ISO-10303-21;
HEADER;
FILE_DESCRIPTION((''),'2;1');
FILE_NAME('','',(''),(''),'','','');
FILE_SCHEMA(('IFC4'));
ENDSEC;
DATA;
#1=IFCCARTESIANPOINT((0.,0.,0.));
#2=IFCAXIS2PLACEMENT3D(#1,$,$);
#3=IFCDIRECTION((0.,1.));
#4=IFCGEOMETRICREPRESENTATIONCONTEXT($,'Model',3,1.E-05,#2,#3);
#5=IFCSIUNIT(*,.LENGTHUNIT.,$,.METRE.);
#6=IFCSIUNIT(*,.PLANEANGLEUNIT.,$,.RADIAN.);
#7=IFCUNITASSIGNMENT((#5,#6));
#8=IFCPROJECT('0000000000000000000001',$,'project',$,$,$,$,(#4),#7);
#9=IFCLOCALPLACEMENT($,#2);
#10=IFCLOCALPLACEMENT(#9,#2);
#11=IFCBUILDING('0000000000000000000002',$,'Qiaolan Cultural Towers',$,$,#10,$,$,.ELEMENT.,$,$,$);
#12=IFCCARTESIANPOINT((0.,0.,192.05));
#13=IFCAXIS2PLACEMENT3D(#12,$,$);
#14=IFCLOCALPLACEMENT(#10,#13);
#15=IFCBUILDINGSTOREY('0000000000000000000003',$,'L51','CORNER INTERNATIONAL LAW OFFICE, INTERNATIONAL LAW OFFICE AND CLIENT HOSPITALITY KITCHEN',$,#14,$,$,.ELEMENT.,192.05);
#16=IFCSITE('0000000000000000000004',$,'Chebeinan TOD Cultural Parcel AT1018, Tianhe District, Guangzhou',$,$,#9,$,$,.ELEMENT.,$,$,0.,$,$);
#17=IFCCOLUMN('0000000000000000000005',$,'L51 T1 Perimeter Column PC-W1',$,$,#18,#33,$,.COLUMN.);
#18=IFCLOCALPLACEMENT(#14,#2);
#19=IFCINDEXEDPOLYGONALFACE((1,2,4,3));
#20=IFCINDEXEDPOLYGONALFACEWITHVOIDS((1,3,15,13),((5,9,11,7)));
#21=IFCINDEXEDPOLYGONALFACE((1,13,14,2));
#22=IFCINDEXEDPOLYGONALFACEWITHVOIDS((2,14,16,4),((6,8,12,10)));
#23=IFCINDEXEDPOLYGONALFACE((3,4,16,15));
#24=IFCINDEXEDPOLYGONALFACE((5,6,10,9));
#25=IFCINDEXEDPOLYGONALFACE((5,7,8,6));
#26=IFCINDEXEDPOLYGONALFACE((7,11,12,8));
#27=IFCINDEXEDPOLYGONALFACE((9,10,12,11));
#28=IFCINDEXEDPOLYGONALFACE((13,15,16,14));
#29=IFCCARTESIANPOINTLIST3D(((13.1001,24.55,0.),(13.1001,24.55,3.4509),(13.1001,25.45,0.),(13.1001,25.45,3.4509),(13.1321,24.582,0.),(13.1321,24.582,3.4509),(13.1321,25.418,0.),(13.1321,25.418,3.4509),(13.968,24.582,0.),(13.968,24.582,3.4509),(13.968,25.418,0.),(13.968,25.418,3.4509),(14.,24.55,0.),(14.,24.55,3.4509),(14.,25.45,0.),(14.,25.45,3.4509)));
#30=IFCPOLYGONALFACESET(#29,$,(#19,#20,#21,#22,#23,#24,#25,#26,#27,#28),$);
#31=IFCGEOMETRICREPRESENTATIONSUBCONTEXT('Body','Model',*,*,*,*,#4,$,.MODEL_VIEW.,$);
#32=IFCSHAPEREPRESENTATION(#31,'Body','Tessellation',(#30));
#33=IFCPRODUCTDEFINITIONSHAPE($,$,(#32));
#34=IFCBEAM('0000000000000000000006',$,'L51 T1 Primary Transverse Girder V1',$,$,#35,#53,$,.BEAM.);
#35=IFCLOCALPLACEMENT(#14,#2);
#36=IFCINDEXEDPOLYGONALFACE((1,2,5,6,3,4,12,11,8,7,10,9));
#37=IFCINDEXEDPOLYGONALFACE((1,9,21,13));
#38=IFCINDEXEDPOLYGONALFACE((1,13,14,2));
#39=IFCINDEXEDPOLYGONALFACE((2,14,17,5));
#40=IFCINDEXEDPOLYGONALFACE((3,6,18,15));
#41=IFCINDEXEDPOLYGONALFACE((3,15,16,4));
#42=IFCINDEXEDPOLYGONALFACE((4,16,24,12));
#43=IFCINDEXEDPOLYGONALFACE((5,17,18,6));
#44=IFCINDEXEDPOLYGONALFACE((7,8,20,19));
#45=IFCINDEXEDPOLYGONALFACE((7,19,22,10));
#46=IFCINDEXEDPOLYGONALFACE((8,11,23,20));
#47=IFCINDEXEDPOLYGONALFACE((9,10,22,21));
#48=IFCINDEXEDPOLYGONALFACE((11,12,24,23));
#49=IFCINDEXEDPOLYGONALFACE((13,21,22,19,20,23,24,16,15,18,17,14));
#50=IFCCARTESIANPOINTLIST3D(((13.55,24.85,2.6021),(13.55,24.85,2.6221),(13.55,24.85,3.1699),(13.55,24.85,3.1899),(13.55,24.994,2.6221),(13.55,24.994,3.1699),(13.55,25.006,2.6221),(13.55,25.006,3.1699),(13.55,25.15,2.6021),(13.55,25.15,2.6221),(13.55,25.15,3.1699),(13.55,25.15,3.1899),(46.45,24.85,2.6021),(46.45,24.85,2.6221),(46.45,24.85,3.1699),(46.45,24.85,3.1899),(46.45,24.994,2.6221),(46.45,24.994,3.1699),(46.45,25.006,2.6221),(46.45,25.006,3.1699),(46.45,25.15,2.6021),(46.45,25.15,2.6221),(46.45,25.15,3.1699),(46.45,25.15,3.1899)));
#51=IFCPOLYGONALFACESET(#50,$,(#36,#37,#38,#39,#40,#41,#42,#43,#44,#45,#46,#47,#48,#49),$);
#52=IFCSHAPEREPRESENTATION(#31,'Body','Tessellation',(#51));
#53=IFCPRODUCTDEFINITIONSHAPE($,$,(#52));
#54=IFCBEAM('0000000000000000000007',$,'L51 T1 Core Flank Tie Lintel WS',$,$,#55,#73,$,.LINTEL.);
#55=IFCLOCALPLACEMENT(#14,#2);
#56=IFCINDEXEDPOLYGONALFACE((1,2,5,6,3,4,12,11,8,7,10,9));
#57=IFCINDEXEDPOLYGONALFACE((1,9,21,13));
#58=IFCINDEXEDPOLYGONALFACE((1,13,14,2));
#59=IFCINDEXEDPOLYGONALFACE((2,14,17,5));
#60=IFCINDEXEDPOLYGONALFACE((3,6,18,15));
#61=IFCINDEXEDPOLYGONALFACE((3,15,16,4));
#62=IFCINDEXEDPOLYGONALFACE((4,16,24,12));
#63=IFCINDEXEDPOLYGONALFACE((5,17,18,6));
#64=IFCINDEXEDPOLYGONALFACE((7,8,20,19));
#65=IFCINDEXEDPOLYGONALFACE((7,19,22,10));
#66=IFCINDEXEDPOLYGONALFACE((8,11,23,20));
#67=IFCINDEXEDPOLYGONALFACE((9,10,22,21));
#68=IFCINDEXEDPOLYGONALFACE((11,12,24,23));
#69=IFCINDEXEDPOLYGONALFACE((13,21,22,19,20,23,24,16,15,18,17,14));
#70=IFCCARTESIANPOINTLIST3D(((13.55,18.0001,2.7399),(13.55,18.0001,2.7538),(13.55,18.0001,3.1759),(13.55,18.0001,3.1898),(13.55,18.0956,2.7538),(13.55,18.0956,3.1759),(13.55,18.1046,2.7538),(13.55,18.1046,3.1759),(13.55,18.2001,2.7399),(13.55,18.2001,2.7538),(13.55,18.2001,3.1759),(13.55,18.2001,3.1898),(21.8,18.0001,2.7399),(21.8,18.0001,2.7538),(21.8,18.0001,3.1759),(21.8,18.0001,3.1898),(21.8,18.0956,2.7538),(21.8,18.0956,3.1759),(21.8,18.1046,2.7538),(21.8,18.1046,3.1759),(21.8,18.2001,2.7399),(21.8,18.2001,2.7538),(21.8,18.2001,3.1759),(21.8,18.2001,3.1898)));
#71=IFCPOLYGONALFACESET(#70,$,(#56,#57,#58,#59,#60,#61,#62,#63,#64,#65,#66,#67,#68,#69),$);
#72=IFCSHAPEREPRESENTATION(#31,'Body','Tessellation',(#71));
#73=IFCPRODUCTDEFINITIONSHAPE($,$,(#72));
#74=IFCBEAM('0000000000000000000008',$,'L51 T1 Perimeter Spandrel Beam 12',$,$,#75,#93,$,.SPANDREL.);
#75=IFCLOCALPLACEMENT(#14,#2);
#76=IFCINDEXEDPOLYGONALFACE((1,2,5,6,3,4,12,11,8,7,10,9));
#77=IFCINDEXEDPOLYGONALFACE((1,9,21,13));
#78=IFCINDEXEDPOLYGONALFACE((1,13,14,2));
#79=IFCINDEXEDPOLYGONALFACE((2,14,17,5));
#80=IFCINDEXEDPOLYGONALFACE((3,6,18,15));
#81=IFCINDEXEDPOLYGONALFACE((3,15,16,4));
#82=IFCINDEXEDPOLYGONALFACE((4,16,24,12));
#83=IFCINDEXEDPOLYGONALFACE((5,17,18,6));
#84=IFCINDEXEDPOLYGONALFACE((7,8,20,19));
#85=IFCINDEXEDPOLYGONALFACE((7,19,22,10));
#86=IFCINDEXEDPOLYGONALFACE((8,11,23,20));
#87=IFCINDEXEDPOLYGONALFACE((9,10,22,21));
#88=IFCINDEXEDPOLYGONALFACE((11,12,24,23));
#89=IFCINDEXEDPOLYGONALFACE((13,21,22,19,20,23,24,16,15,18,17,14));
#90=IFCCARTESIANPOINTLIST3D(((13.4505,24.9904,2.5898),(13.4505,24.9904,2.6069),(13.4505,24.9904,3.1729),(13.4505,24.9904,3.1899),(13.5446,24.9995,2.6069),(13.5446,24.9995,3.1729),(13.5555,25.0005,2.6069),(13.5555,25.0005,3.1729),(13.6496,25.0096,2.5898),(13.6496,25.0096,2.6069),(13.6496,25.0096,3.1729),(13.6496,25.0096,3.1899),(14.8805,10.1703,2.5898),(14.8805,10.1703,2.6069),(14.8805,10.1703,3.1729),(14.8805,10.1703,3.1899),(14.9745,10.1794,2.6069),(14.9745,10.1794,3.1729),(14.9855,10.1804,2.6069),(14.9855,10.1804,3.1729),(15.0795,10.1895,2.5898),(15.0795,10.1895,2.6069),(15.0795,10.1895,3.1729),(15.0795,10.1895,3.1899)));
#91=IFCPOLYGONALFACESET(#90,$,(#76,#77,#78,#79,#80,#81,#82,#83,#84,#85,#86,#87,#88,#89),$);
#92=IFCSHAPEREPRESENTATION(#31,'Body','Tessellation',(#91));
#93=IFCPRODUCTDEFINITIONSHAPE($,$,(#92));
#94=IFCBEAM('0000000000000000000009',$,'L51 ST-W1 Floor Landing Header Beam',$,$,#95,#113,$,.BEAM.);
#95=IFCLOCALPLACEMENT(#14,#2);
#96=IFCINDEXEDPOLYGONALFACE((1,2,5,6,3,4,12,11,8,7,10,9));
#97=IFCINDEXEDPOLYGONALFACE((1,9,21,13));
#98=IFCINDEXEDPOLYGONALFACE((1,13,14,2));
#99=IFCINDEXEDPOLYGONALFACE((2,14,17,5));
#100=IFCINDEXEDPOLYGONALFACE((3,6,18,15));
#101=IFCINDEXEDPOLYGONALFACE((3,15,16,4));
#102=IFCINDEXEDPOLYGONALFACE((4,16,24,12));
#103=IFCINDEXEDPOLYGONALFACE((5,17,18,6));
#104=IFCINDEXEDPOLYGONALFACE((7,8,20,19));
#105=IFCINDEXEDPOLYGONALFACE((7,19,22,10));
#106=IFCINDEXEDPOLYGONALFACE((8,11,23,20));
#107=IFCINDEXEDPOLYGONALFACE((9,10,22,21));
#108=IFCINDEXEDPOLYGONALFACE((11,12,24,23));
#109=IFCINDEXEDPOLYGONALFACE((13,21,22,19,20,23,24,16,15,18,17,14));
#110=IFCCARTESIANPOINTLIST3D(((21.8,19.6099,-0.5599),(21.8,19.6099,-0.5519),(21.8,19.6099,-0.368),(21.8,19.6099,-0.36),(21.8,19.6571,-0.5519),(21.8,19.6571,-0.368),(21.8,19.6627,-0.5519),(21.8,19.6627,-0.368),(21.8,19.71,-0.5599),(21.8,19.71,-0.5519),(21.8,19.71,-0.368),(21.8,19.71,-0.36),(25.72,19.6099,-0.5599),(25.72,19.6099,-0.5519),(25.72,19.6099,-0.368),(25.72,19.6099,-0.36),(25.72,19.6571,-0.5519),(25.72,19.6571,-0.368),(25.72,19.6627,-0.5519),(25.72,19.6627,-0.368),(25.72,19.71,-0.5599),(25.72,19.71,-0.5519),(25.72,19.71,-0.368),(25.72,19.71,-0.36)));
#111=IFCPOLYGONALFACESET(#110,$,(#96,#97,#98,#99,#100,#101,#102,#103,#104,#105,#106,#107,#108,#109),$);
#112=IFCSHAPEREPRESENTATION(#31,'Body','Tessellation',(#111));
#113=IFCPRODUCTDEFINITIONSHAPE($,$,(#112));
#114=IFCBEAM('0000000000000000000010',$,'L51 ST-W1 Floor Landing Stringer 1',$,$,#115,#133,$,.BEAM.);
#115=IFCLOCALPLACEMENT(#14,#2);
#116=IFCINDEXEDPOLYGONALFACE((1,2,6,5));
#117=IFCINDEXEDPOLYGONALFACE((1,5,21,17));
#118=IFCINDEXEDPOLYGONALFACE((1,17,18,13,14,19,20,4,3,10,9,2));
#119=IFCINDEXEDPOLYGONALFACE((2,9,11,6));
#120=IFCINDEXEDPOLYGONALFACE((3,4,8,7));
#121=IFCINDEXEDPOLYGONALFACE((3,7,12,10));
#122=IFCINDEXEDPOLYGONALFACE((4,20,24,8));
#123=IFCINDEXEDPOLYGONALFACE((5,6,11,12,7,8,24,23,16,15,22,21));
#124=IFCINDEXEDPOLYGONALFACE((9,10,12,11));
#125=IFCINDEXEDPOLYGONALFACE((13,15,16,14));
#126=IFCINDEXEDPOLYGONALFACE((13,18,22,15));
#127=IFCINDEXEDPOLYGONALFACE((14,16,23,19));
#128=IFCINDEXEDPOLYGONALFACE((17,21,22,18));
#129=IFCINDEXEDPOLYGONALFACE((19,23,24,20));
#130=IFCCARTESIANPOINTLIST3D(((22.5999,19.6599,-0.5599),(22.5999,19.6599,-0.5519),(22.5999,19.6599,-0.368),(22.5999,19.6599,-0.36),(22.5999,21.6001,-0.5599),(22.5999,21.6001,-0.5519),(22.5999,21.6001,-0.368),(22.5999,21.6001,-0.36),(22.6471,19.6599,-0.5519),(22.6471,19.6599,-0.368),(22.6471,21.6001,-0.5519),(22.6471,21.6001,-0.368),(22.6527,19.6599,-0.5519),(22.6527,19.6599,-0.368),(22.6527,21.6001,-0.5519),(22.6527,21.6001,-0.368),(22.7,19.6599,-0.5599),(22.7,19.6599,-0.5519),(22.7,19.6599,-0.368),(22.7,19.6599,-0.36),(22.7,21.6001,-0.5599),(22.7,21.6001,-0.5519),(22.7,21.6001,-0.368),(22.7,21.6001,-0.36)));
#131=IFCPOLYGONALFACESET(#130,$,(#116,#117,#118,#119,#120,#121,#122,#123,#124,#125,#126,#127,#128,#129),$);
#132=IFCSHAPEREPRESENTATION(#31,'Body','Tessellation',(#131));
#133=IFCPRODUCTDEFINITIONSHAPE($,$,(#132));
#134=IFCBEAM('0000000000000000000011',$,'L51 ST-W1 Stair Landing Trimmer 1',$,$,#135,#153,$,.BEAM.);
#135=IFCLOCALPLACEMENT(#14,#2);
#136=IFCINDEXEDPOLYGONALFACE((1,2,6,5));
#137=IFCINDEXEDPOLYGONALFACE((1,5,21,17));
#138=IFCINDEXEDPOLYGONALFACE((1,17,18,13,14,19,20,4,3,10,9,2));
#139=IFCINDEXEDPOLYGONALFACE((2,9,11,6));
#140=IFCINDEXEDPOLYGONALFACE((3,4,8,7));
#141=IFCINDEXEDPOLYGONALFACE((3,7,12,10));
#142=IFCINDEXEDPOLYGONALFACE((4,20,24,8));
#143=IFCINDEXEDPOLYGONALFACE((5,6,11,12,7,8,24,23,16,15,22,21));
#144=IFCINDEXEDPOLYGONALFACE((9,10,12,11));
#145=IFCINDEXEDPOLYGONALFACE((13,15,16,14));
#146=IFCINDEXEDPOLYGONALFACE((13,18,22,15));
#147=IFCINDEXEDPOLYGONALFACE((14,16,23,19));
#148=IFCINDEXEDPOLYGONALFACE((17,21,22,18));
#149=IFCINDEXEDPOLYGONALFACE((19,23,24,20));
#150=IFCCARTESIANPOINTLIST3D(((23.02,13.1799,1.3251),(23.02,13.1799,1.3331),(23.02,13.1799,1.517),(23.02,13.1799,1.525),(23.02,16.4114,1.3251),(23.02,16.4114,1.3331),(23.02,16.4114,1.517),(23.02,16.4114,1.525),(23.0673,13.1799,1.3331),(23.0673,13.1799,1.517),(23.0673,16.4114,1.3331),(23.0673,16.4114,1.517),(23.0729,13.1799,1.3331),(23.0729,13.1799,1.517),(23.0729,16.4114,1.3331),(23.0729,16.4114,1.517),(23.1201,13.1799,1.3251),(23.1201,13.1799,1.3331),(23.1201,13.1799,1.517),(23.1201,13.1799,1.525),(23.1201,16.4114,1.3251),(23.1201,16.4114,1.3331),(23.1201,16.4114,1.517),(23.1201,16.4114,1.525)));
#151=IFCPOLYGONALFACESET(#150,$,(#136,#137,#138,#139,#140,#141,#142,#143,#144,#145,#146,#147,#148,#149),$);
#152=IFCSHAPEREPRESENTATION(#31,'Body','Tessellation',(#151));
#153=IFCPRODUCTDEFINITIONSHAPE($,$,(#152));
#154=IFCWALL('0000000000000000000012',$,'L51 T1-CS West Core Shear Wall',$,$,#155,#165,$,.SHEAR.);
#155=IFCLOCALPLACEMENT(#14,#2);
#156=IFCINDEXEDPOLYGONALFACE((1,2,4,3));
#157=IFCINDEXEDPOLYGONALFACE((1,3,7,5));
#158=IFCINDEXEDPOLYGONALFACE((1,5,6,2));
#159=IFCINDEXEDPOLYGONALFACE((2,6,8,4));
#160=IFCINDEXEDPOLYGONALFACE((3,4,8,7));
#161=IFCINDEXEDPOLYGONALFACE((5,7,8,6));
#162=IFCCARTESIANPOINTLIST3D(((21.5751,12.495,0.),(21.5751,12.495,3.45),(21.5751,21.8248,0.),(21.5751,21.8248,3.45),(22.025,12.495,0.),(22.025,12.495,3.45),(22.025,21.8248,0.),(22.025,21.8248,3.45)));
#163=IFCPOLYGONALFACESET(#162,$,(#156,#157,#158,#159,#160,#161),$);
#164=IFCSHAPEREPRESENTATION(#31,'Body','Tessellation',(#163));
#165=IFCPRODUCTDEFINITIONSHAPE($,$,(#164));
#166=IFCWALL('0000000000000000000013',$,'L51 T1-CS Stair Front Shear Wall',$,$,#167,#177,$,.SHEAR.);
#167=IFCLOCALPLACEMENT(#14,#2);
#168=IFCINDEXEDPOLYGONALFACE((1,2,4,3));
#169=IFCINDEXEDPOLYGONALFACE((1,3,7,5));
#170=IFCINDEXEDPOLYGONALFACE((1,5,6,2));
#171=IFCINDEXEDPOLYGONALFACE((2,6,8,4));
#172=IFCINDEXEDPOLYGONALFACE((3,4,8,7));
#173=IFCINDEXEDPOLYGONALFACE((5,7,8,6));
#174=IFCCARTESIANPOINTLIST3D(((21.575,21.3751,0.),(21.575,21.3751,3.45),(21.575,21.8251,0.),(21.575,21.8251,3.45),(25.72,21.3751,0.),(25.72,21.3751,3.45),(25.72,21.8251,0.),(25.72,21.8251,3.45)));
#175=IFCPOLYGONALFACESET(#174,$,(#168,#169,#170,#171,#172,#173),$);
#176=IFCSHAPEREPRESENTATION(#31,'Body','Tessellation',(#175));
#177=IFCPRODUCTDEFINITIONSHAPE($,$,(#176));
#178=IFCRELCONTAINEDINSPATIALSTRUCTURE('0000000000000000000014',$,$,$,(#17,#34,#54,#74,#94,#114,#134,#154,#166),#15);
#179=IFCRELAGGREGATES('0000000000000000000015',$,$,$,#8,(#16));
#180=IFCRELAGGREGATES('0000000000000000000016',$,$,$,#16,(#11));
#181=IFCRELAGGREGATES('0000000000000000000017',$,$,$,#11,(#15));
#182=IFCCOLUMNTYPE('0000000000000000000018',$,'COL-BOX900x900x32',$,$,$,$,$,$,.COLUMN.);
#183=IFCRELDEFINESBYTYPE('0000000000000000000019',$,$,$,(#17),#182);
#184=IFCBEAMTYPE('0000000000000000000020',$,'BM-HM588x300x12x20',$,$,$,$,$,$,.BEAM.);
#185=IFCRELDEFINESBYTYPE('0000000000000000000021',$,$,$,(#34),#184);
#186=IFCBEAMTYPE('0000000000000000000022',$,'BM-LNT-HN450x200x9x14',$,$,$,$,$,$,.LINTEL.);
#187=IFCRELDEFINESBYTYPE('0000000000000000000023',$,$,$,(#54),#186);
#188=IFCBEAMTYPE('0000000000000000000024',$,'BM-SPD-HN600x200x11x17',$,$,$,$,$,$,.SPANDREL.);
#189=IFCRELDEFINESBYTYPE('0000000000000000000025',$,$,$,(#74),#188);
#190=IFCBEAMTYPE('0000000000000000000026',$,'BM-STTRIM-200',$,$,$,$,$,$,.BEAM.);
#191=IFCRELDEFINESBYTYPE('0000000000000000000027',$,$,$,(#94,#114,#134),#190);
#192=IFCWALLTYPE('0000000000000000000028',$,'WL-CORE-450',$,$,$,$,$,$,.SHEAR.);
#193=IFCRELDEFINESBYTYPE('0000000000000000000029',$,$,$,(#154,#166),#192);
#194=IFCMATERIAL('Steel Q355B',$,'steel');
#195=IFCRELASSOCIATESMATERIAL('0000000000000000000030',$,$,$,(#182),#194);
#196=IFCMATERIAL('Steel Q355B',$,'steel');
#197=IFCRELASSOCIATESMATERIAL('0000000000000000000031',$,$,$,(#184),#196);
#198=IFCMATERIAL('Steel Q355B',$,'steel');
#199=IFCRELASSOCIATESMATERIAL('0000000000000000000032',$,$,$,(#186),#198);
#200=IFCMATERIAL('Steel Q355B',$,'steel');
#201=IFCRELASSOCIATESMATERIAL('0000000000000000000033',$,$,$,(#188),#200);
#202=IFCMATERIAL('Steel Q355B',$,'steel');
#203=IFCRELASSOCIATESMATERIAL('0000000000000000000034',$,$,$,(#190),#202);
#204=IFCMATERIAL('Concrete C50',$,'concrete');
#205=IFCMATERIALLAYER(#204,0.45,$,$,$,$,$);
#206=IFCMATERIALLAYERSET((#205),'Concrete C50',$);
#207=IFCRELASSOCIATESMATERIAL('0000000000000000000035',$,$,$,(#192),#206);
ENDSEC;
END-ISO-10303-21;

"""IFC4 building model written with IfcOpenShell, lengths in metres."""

from ifc_helpers import new_model, si_unit, direction, frame, frame_2d, origin, origin_2d, place, context, subcontext, project, spatial, rectangle, hollow_rectangle, i_section, extrude, material, layer, layer_set, material_profile, profile_set, type_object, element, save


model = new_model("IFC4")

# Units and contexts
model_context = context("Model", 3, precision=1e-05, world=origin(), true_north=direction((0.0, 1.0)))
body_context = subcontext(model_context, "Body", "Model", "MODEL_VIEW")
ifc_project = project(units=[si_unit("LENGTHUNIT", "METRE"), si_unit("PLANEANGLEUNIT", "RADIAN")], contexts=[model_context])

# Site, building, storey
site_placement = place(None, origin())
site = spatial("IfcSite", under=ifc_project, at=site_placement, Name="Chebeinan TOD Cultural Parcel AT1018, Tianhe District, Guangzhou", CompositionType="ELEMENT", RefElevation=0.0)
building_placement = place(site_placement, origin())
building = spatial("IfcBuilding", under=site, at=building_placement, Name="Qiaolan Cultural Towers", CompositionType="ELEMENT")
storey_placement = place(building_placement, frame((0.0, 0.0, 192.05)))
storey = spatial("IfcBuildingStorey", under=building, at=storey_placement, Name="L51", Description="CORNER INTERNATIONAL LAW OFFICE, INTERNATIONAL LAW OFFICE AND CLIENT HOSPITALITY KITCHEN", CompositionType="ELEMENT", Elevation=192.05)

# Column
ifc_material_1 = material(Name="Steel Q355B", Category="steel")
ifc_material_profile_1 = material_profile(ifc_material_1, hollow_rectangle(XDim=0.8999, YDim=0.8999, WallThickness=0.032, at=origin_2d()), Name="BOX900x900x32")
ifc_profile_set_1 = profile_set([ifc_material_profile_1], Name="Steel Q355B")
column_type = type_object("IfcColumnType", Name="COL-BOX900x900x32", PredefinedType="COLUMN", material=ifc_profile_set_1)
column_placement = place(storey_placement, frame((13.55, 25.0, 0.0), z_axis=(0.0, 0.0, 1.0), x_axis=(1.0, 0.0, 0.0)))
element("IfcColumn", 1, at=column_placement, inside=storey, type_object=column_type, Name="L51 T1 Perimeter Column PC-W1", PredefinedType="COLUMN", context=body_context, shape_type="SweptSolid", body=[
    extrude(hollow_rectangle(XDim=0.8999, YDim=0.8999, WallThickness=0.032, at=origin_2d()), origin(), (0.0, 0.0, 1.0), 3.4509),
])

# Beams
ifc_material_2 = material(Name="Steel Q355B", Category="steel")
ifc_material_profile_2 = material_profile(ifc_material_2, i_section(OverallWidth=0.3, OverallDepth=0.5879, WebThickness=0.012, FlangeThickness=0.02, at=origin_2d()), Name="HM588x300x12x20")
ifc_profile_set_2 = profile_set([ifc_material_profile_2], Name="Steel Q355B")
beam_type_1 = type_object("IfcBeamType", Name="BM-HM588x300x12x20", PredefinedType="BEAM", material=ifc_profile_set_2)
beam_1_placement = place(storey_placement, frame((13.55, 25.0, 2.896), z_axis=(1.0, 0.0, 0.0), x_axis=(0.0, 1.0, 0.0)))
element("IfcBeam", 2, at=beam_1_placement, inside=storey, type_object=beam_type_1, Name="L51 T1 Primary Transverse Girder V1", PredefinedType="BEAM", context=body_context, shape_type="SweptSolid", body=[
    extrude(i_section(OverallWidth=0.3, OverallDepth=0.5879, WebThickness=0.012, FlangeThickness=0.02, at=origin_2d()), origin(), (0.0, 0.0, 1.0), 32.8999),
])
ifc_material_3 = material(Name="Steel Q355B", Category="steel")
ifc_material_profile_3 = material_profile(ifc_material_3, i_section(OverallWidth=0.2, OverallDepth=0.45, WebThickness=0.009, FlangeThickness=0.0139, at=origin_2d()), Name="HN450x200x9x14")
ifc_profile_set_3 = profile_set([ifc_material_profile_3], Name="Steel Q355B")
beam_type_2 = type_object("IfcBeamType", Name="BM-LNT-HN450x200x9x14", PredefinedType="LINTEL", material=ifc_profile_set_3)
beam_2_placement = place(storey_placement, frame((21.8, 18.1001, 2.9648), z_axis=(-1.0, 0.0, 0.0), x_axis=(0.0, -1.0, 0.0)))
element("IfcBeam", 3, at=beam_2_placement, inside=storey, type_object=beam_type_2, Name="L51 T1 Core Flank Tie Lintel WS", PredefinedType="LINTEL", context=body_context, shape_type="SweptSolid", body=[
    extrude(i_section(OverallWidth=0.2, OverallDepth=0.45, WebThickness=0.009, FlangeThickness=0.0139, at=origin_2d()), origin(), (0.0, 0.0, 1.0), 8.25),
])
ifc_material_4 = material(Name="Steel Q355B", Category="steel")
ifc_material_profile_4 = material_profile(ifc_material_4, i_section(OverallWidth=0.2, OverallDepth=0.6001, WebThickness=0.011, FlangeThickness=0.0171, at=origin_2d()), Name="HN600x200x11x17")
ifc_profile_set_4 = profile_set([ifc_material_profile_4], Name="Steel Q355B")
beam_type_3 = type_object("IfcBeamType", Name="BM-SPD-HN600x200x11x17", PredefinedType="SPANDREL", material=ifc_profile_set_4)
beam_3_placement = place(storey_placement, frame((13.55, 25.0, 2.8899), z_axis=(0.09604, -0.995377, 0.0), x_axis=(0.995377, 0.09604, 0.0)))
element("IfcBeam", 4, at=beam_3_placement, inside=storey, type_object=beam_type_3, Name="L51 T1 Perimeter Spandrel Beam 12", PredefinedType="SPANDREL", context=body_context, shape_type="SweptSolid", body=[
    extrude(i_section(OverallWidth=0.2, OverallDepth=0.6001, WebThickness=0.011, FlangeThickness=0.0171, at=origin_2d()), origin(), (0.0, 0.0, 1.0), 14.8889),
])
ifc_material_5 = material(Name="Steel Q355B", Category="steel")
ifc_material_profile_5 = material_profile(ifc_material_5, i_section(OverallWidth=0.1001, OverallDepth=0.2, WebThickness=0.0056, FlangeThickness=0.0081, at=origin_2d()), Name="HN200x100x5.5x8")
ifc_profile_set_5 = profile_set([ifc_material_profile_5], Name="Steel Q355B")
beam_type_4 = type_object("IfcBeamType", Name="BM-STTRIM-200", PredefinedType="BEAM", material=ifc_profile_set_5)
beam_4_placement = place(storey_placement, frame((21.8, 19.6599, -0.46), z_axis=(1.0, 0.0, 0.0), x_axis=(0.0, 1.0, 0.0)))
element("IfcBeam", 5, at=beam_4_placement, inside=storey, type_object=beam_type_4, Name="L51 ST-W1 Floor Landing Header Beam", PredefinedType="BEAM", context=body_context, shape_type="SweptSolid", body=[
    extrude(i_section(OverallWidth=0.1001, OverallDepth=0.2, WebThickness=0.0056, FlangeThickness=0.0081, at=origin_2d()), origin(), (0.0, 0.0, 1.0), 3.9199),
])
beam_5_placement = place(storey_placement, frame((22.6499, 21.6001, -0.46), z_axis=(0.0, -1.0, 0.0), x_axis=(1.0, 0.0, 0.0)))
element("IfcBeam", 6, at=beam_5_placement, inside=storey, type_object=beam_type_4, Name="L51 ST-W1 Floor Landing Stringer 1", PredefinedType="BEAM", context=body_context, shape_type="SweptSolid", body=[
    extrude(i_section(OverallWidth=0.1001, OverallDepth=0.2, WebThickness=0.0056, FlangeThickness=0.0081, at=origin_2d()), origin(), (0.0, 0.0, 1.0), 1.9402),
])
beam_6_placement = place(storey_placement, frame((23.0701, 16.4114, 1.425), z_axis=(0.0, -1.0, 0.0), x_axis=(1.0, 0.0, 0.0)))
element("IfcBeam", 7, at=beam_6_placement, inside=storey, type_object=beam_type_4, Name="L51 ST-W1 Stair Landing Trimmer 1", PredefinedType="BEAM", context=body_context, shape_type="SweptSolid", body=[
    extrude(i_section(OverallWidth=0.1001, OverallDepth=0.2, WebThickness=0.0056, FlangeThickness=0.0081, at=origin_2d()), origin(), (0.0, 0.0, 1.0), 3.2314),
])

# Walls
ifc_material_6 = material(Name="Concrete C50", Category="concrete")
ifc_layer_1 = layer(ifc_material_6, 0.45)
ifc_layer_set_1 = layer_set([ifc_layer_1], Name="Concrete C50")
wall_type_1 = type_object("IfcWallType", Name="WL-CORE-450", PredefinedType="SHEAR", material=ifc_layer_set_1)
wall_1_placement = place(storey_placement, frame((21.8, 21.825, 0.0), z_axis=(0.0, 0.0, 1.0), x_axis=(0.0, -1.0, 0.0)))
element("IfcWall", 8, at=wall_1_placement, inside=storey, type_object=wall_type_1, Name="L51 T1-CS West Core Shear Wall", PredefinedType="SHEAR", context=body_context, shape_type="SweptSolid", body=[
    extrude(rectangle(XDim=9.3298, YDim=0.45, at=frame_2d((4.665, 0.0))), origin(), (0.0, 0.0, 1.0), 3.45),
])
wall_2_placement = place(storey_placement, frame((21.575, 21.6001, 0.0), z_axis=(0.0, 0.0, 1.0), x_axis=(1.0, 0.0, 0.0)))
element("IfcWall", 9, at=wall_2_placement, inside=storey, type_object=wall_type_1, Name="L51 T1-CS Stair Front Shear Wall", PredefinedType="SHEAR", context=body_context, shape_type="SweptSolid", body=[
    extrude(rectangle(XDim=4.145, YDim=0.45, at=frame_2d((2.0725, 0.0))), origin(), (0.0, 0.0, 1.0), 3.45),
])

save(model, "model.ifc")
